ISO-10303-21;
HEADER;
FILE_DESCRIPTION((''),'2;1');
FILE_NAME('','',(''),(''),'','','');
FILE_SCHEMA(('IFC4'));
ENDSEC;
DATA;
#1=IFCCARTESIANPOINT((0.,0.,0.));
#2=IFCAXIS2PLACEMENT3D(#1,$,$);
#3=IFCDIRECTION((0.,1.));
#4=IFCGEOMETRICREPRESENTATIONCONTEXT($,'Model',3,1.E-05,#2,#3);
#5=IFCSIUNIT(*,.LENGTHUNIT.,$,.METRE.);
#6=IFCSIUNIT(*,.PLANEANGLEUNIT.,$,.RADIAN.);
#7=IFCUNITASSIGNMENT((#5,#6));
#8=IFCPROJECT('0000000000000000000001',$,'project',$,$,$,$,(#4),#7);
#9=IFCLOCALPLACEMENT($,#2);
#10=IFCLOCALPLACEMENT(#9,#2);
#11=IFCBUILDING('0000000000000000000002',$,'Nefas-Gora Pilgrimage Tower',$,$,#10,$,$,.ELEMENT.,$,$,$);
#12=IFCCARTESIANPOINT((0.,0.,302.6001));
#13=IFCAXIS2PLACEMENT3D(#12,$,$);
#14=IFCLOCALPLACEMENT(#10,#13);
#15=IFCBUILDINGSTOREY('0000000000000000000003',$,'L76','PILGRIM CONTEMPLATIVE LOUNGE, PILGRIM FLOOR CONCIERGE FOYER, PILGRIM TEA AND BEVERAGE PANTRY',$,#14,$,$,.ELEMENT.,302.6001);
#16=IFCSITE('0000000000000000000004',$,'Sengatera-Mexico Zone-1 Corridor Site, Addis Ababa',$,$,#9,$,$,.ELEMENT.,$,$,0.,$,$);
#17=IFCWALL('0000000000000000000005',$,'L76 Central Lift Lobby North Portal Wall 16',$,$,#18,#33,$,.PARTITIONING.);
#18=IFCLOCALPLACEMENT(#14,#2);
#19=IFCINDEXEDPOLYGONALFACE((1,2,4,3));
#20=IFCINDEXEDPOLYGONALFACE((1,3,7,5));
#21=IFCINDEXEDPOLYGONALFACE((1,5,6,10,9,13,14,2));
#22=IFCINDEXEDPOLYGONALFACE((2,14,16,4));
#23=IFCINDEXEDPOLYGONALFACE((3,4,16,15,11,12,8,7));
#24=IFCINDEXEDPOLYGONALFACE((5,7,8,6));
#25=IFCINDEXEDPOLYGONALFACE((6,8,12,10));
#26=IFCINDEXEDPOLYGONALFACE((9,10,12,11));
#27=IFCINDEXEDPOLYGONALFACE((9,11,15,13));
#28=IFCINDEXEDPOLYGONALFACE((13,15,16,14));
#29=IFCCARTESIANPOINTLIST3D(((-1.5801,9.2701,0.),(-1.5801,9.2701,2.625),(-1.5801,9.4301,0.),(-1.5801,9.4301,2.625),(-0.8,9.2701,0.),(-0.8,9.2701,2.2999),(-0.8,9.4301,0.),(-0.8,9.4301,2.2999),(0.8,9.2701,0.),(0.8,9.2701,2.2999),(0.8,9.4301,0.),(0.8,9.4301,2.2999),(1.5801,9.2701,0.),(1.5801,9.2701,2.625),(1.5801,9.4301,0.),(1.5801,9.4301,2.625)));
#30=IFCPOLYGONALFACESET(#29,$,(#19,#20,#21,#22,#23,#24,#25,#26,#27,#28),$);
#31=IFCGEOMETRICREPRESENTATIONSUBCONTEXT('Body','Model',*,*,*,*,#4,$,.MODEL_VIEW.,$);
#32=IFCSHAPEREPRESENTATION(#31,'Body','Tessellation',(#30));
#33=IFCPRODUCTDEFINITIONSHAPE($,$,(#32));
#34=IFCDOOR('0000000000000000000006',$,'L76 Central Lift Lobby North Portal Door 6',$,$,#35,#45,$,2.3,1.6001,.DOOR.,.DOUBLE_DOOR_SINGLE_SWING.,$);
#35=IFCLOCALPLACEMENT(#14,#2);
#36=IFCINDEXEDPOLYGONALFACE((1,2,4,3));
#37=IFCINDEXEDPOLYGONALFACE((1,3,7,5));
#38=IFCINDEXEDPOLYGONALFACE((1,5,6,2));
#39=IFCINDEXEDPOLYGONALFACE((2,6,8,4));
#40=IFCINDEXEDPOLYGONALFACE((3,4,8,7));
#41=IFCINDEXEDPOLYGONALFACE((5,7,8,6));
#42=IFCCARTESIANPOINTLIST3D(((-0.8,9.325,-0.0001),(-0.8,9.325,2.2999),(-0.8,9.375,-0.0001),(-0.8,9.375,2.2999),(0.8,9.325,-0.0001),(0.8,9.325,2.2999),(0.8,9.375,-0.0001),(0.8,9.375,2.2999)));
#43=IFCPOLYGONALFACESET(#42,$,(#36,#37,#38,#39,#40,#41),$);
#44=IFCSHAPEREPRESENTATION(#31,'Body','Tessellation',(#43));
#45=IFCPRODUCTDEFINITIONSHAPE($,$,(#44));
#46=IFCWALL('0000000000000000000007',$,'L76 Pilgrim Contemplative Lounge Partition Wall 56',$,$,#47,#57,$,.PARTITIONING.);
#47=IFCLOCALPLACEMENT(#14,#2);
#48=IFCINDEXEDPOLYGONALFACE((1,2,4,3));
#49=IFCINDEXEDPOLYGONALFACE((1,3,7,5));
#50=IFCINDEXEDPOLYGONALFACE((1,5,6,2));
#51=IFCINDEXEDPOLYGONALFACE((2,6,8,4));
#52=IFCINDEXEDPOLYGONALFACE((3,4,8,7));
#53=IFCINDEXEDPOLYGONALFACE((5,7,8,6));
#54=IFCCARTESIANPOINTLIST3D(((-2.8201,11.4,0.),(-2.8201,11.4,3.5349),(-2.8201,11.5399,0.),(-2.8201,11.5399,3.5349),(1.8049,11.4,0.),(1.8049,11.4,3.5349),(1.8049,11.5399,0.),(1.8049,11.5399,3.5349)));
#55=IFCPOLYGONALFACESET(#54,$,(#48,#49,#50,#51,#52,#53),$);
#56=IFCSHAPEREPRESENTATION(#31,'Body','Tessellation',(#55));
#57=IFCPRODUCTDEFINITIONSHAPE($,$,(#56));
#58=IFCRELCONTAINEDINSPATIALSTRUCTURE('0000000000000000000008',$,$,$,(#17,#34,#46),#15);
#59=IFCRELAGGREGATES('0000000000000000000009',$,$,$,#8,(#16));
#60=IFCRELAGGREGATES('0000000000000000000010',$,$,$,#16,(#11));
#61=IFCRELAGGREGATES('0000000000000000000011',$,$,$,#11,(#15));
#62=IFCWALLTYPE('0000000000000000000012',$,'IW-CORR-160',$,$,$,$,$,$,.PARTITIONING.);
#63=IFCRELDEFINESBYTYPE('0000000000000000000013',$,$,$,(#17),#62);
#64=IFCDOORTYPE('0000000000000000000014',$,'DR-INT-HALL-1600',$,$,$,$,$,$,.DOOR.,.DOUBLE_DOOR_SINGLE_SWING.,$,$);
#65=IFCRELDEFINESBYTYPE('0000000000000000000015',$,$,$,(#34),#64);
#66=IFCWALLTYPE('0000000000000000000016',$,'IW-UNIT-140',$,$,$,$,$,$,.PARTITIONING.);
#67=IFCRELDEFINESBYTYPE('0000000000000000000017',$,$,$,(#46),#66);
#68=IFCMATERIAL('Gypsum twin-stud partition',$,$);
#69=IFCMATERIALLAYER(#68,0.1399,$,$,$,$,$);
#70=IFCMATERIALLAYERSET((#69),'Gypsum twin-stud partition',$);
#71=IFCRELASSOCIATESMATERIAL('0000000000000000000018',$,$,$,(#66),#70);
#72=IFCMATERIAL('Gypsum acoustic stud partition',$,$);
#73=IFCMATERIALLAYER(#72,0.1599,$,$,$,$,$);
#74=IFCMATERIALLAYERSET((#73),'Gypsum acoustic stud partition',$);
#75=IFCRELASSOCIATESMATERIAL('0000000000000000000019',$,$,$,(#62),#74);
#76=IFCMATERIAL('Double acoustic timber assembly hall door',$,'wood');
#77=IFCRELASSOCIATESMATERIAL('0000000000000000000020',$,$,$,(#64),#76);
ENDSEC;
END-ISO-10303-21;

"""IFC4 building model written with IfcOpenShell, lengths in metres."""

from ifc_helpers import new_model, si_unit, direction, frame, frame_2d, origin, place, context, subcontext, project, spatial, rectangle, extrude, source, transform, mapped, material, layer, layer_set, type_object, element, fill, save


model = new_model("IFC4")

# Units and contexts
model_context = context("Model", 3, precision=1e-05, world=origin(), true_north=direction((0.0, 1.0)))
body_context = subcontext(model_context, "Body", "Model", "MODEL_VIEW")
ifc_project = project(units=[si_unit("LENGTHUNIT", "METRE"), si_unit("PLANEANGLEUNIT", "RADIAN")], contexts=[model_context])

# Site, building, storey
site_placement = place(None, origin())
site = spatial("IfcSite", under=ifc_project, at=site_placement, Name="Sengatera-Mexico Zone-1 Corridor Site, Addis Ababa", CompositionType="ELEMENT", RefElevation=0.0)
building_placement = place(site_placement, origin())
building = spatial("IfcBuilding", under=site, at=building_placement, Name="Nefas-Gora Pilgrimage Tower", CompositionType="ELEMENT")
storey_placement = place(building_placement, frame((0.0, 0.0, 302.6001)))
storey = spatial("IfcBuildingStorey", under=building, at=storey_placement, Name="L76", Description="PILGRIM CONTEMPLATIVE LOUNGE, PILGRIM FLOOR CONCIERGE FOYER, PILGRIM TEA AND BEVERAGE PANTRY", CompositionType="ELEMENT", Elevation=302.6001)

# Shared definitions
ifc_material_1 = material(Name="Gypsum twin-stud partition")
ifc_layer_1 = layer(ifc_material_1, 0.1399)
ifc_layer_set_1 = layer_set([ifc_layer_1], Name="Gypsum twin-stud partition")
wall_type_1 = type_object("IfcWallType", Name="IW-UNIT-140", PredefinedType="PARTITIONING", material=ifc_layer_set_1)

# Shared definitions
ifc_material_2 = material(Name="Gypsum acoustic stud partition")
ifc_layer_2 = layer(ifc_material_2, 0.1599)
ifc_layer_set_2 = layer_set([ifc_layer_2], Name="Gypsum acoustic stud partition")
wall_type_2 = type_object("IfcWallType", Name="IW-CORR-160", PredefinedType="PARTITIONING", material=ifc_layer_set_2)

# Wall, opening, door
shared_shape_1 = source(origin(), body_context, "Body", "SweptSolid", [
    extrude(rectangle(XDim=3.1602, YDim=0.1599, at=frame_2d((1.5801, 0.0))), origin(), (0.0, 0.0, 1.0), 2.625),
])
wall_1_placement = place(storey_placement, frame((-1.5801, 9.3501, 0.0), z_axis=(0.0, 0.0, 1.0), x_axis=(1.0, 0.0, 0.0)))
wall_1 = element("IfcWall", 1, at=wall_1_placement, inside=storey, type_object=wall_type_2, Name="L76 Central Lift Lobby North Portal Wall 16", PredefinedType="PARTITIONING", context=body_context, shape_type="MappedRepresentation", body=[
    mapped(shared_shape_1, transform((0.0, 0.0, 0.0), x_axis=(1.0, 0.0, 0.0), y_axis=(0.0, 1.0, 0.0), z_axis=(0.0, 0.0, 1.0), scale=1.0)),
])
opening_1_placement = place(wall_1_placement, frame((0.78, 0.0, 0.0)))
opening_1 = element("IfcOpeningElement", 2, at=opening_1_placement, cuts=wall_1, PredefinedType="OPENING", context=body_context, shape_type="SweptSolid", body=[
    extrude(rectangle(XDim=1.6001, YDim=2.3, at=frame_2d((0.8, 1.1499))), frame((0.0, 0.0898, 0.0), z_axis=(0.0, -1.0, 0.0), x_axis=(1.0, 0.0, 0.0)), (0.0, 0.0, 1.0), 0.1799),
])
ifc_material_3 = material(Name="Double acoustic timber assembly hall door", Category="wood")
door_type_1 = type_object("IfcDoorType", Name="DR-INT-HALL-1600", OperationType="DOUBLE_DOOR_SINGLE_SWING", PredefinedType="DOOR", material=ifc_material_3)
shared_shape_2 = source(origin(), body_context, "Body", "SweptSolid", [
    extrude(rectangle(XDim=1.6001, YDim=2.3, at=frame_2d((0.8, 1.1499))), frame((0.0, 0.0249, 0.0), z_axis=(0.0, -1.0, 0.0), x_axis=(1.0, 0.0, 0.0)), (0.0, 0.0, 1.0), 0.05),
])
door_1_placement = place(opening_1_placement, origin())
door_1 = element("IfcDoor", 3, at=door_1_placement, inside=storey, type_object=door_type_1, Name="L76 Central Lift Lobby North Portal Door 6", OperationType="DOUBLE_DOOR_SINGLE_SWING", OverallHeight=2.3, OverallWidth=1.6001, PredefinedType="DOOR", context=body_context, shape_type="MappedRepresentation", body=[
    mapped(shared_shape_2, transform((0.0, 0.0, 0.0), x_axis=(1.0, 0.0, 0.0), y_axis=(0.0, 1.0, 0.0), z_axis=(0.0, 0.0, 1.0), scale=1.0)),
])
fill(opening_1, door_1)

# Wall
shared_shape_3 = source(origin(), body_context, "Body", "SweptSolid", [
    extrude(rectangle(XDim=4.625, YDim=0.1399, at=frame_2d((2.3125, 0.0))), origin(), (0.0, 0.0, 1.0), 3.5349),
])
wall_2_placement = place(storey_placement, frame((-2.8201, 11.47, 0.0), z_axis=(0.0, 0.0, 1.0), x_axis=(1.0, 0.0, 0.0)))
element("IfcWall", 4, at=wall_2_placement, inside=storey, type_object=wall_type_1, Name="L76 Pilgrim Contemplative Lounge Partition Wall 56", PredefinedType="PARTITIONING", context=body_context, shape_type="MappedRepresentation", body=[
    mapped(shared_shape_3, transform((0.0, 0.0, 0.0), x_axis=(1.0, 0.0, 0.0), y_axis=(0.0, 1.0, 0.0), z_axis=(0.0, 0.0, 1.0), scale=1.0)),
])

save(model, "model.ifc")
